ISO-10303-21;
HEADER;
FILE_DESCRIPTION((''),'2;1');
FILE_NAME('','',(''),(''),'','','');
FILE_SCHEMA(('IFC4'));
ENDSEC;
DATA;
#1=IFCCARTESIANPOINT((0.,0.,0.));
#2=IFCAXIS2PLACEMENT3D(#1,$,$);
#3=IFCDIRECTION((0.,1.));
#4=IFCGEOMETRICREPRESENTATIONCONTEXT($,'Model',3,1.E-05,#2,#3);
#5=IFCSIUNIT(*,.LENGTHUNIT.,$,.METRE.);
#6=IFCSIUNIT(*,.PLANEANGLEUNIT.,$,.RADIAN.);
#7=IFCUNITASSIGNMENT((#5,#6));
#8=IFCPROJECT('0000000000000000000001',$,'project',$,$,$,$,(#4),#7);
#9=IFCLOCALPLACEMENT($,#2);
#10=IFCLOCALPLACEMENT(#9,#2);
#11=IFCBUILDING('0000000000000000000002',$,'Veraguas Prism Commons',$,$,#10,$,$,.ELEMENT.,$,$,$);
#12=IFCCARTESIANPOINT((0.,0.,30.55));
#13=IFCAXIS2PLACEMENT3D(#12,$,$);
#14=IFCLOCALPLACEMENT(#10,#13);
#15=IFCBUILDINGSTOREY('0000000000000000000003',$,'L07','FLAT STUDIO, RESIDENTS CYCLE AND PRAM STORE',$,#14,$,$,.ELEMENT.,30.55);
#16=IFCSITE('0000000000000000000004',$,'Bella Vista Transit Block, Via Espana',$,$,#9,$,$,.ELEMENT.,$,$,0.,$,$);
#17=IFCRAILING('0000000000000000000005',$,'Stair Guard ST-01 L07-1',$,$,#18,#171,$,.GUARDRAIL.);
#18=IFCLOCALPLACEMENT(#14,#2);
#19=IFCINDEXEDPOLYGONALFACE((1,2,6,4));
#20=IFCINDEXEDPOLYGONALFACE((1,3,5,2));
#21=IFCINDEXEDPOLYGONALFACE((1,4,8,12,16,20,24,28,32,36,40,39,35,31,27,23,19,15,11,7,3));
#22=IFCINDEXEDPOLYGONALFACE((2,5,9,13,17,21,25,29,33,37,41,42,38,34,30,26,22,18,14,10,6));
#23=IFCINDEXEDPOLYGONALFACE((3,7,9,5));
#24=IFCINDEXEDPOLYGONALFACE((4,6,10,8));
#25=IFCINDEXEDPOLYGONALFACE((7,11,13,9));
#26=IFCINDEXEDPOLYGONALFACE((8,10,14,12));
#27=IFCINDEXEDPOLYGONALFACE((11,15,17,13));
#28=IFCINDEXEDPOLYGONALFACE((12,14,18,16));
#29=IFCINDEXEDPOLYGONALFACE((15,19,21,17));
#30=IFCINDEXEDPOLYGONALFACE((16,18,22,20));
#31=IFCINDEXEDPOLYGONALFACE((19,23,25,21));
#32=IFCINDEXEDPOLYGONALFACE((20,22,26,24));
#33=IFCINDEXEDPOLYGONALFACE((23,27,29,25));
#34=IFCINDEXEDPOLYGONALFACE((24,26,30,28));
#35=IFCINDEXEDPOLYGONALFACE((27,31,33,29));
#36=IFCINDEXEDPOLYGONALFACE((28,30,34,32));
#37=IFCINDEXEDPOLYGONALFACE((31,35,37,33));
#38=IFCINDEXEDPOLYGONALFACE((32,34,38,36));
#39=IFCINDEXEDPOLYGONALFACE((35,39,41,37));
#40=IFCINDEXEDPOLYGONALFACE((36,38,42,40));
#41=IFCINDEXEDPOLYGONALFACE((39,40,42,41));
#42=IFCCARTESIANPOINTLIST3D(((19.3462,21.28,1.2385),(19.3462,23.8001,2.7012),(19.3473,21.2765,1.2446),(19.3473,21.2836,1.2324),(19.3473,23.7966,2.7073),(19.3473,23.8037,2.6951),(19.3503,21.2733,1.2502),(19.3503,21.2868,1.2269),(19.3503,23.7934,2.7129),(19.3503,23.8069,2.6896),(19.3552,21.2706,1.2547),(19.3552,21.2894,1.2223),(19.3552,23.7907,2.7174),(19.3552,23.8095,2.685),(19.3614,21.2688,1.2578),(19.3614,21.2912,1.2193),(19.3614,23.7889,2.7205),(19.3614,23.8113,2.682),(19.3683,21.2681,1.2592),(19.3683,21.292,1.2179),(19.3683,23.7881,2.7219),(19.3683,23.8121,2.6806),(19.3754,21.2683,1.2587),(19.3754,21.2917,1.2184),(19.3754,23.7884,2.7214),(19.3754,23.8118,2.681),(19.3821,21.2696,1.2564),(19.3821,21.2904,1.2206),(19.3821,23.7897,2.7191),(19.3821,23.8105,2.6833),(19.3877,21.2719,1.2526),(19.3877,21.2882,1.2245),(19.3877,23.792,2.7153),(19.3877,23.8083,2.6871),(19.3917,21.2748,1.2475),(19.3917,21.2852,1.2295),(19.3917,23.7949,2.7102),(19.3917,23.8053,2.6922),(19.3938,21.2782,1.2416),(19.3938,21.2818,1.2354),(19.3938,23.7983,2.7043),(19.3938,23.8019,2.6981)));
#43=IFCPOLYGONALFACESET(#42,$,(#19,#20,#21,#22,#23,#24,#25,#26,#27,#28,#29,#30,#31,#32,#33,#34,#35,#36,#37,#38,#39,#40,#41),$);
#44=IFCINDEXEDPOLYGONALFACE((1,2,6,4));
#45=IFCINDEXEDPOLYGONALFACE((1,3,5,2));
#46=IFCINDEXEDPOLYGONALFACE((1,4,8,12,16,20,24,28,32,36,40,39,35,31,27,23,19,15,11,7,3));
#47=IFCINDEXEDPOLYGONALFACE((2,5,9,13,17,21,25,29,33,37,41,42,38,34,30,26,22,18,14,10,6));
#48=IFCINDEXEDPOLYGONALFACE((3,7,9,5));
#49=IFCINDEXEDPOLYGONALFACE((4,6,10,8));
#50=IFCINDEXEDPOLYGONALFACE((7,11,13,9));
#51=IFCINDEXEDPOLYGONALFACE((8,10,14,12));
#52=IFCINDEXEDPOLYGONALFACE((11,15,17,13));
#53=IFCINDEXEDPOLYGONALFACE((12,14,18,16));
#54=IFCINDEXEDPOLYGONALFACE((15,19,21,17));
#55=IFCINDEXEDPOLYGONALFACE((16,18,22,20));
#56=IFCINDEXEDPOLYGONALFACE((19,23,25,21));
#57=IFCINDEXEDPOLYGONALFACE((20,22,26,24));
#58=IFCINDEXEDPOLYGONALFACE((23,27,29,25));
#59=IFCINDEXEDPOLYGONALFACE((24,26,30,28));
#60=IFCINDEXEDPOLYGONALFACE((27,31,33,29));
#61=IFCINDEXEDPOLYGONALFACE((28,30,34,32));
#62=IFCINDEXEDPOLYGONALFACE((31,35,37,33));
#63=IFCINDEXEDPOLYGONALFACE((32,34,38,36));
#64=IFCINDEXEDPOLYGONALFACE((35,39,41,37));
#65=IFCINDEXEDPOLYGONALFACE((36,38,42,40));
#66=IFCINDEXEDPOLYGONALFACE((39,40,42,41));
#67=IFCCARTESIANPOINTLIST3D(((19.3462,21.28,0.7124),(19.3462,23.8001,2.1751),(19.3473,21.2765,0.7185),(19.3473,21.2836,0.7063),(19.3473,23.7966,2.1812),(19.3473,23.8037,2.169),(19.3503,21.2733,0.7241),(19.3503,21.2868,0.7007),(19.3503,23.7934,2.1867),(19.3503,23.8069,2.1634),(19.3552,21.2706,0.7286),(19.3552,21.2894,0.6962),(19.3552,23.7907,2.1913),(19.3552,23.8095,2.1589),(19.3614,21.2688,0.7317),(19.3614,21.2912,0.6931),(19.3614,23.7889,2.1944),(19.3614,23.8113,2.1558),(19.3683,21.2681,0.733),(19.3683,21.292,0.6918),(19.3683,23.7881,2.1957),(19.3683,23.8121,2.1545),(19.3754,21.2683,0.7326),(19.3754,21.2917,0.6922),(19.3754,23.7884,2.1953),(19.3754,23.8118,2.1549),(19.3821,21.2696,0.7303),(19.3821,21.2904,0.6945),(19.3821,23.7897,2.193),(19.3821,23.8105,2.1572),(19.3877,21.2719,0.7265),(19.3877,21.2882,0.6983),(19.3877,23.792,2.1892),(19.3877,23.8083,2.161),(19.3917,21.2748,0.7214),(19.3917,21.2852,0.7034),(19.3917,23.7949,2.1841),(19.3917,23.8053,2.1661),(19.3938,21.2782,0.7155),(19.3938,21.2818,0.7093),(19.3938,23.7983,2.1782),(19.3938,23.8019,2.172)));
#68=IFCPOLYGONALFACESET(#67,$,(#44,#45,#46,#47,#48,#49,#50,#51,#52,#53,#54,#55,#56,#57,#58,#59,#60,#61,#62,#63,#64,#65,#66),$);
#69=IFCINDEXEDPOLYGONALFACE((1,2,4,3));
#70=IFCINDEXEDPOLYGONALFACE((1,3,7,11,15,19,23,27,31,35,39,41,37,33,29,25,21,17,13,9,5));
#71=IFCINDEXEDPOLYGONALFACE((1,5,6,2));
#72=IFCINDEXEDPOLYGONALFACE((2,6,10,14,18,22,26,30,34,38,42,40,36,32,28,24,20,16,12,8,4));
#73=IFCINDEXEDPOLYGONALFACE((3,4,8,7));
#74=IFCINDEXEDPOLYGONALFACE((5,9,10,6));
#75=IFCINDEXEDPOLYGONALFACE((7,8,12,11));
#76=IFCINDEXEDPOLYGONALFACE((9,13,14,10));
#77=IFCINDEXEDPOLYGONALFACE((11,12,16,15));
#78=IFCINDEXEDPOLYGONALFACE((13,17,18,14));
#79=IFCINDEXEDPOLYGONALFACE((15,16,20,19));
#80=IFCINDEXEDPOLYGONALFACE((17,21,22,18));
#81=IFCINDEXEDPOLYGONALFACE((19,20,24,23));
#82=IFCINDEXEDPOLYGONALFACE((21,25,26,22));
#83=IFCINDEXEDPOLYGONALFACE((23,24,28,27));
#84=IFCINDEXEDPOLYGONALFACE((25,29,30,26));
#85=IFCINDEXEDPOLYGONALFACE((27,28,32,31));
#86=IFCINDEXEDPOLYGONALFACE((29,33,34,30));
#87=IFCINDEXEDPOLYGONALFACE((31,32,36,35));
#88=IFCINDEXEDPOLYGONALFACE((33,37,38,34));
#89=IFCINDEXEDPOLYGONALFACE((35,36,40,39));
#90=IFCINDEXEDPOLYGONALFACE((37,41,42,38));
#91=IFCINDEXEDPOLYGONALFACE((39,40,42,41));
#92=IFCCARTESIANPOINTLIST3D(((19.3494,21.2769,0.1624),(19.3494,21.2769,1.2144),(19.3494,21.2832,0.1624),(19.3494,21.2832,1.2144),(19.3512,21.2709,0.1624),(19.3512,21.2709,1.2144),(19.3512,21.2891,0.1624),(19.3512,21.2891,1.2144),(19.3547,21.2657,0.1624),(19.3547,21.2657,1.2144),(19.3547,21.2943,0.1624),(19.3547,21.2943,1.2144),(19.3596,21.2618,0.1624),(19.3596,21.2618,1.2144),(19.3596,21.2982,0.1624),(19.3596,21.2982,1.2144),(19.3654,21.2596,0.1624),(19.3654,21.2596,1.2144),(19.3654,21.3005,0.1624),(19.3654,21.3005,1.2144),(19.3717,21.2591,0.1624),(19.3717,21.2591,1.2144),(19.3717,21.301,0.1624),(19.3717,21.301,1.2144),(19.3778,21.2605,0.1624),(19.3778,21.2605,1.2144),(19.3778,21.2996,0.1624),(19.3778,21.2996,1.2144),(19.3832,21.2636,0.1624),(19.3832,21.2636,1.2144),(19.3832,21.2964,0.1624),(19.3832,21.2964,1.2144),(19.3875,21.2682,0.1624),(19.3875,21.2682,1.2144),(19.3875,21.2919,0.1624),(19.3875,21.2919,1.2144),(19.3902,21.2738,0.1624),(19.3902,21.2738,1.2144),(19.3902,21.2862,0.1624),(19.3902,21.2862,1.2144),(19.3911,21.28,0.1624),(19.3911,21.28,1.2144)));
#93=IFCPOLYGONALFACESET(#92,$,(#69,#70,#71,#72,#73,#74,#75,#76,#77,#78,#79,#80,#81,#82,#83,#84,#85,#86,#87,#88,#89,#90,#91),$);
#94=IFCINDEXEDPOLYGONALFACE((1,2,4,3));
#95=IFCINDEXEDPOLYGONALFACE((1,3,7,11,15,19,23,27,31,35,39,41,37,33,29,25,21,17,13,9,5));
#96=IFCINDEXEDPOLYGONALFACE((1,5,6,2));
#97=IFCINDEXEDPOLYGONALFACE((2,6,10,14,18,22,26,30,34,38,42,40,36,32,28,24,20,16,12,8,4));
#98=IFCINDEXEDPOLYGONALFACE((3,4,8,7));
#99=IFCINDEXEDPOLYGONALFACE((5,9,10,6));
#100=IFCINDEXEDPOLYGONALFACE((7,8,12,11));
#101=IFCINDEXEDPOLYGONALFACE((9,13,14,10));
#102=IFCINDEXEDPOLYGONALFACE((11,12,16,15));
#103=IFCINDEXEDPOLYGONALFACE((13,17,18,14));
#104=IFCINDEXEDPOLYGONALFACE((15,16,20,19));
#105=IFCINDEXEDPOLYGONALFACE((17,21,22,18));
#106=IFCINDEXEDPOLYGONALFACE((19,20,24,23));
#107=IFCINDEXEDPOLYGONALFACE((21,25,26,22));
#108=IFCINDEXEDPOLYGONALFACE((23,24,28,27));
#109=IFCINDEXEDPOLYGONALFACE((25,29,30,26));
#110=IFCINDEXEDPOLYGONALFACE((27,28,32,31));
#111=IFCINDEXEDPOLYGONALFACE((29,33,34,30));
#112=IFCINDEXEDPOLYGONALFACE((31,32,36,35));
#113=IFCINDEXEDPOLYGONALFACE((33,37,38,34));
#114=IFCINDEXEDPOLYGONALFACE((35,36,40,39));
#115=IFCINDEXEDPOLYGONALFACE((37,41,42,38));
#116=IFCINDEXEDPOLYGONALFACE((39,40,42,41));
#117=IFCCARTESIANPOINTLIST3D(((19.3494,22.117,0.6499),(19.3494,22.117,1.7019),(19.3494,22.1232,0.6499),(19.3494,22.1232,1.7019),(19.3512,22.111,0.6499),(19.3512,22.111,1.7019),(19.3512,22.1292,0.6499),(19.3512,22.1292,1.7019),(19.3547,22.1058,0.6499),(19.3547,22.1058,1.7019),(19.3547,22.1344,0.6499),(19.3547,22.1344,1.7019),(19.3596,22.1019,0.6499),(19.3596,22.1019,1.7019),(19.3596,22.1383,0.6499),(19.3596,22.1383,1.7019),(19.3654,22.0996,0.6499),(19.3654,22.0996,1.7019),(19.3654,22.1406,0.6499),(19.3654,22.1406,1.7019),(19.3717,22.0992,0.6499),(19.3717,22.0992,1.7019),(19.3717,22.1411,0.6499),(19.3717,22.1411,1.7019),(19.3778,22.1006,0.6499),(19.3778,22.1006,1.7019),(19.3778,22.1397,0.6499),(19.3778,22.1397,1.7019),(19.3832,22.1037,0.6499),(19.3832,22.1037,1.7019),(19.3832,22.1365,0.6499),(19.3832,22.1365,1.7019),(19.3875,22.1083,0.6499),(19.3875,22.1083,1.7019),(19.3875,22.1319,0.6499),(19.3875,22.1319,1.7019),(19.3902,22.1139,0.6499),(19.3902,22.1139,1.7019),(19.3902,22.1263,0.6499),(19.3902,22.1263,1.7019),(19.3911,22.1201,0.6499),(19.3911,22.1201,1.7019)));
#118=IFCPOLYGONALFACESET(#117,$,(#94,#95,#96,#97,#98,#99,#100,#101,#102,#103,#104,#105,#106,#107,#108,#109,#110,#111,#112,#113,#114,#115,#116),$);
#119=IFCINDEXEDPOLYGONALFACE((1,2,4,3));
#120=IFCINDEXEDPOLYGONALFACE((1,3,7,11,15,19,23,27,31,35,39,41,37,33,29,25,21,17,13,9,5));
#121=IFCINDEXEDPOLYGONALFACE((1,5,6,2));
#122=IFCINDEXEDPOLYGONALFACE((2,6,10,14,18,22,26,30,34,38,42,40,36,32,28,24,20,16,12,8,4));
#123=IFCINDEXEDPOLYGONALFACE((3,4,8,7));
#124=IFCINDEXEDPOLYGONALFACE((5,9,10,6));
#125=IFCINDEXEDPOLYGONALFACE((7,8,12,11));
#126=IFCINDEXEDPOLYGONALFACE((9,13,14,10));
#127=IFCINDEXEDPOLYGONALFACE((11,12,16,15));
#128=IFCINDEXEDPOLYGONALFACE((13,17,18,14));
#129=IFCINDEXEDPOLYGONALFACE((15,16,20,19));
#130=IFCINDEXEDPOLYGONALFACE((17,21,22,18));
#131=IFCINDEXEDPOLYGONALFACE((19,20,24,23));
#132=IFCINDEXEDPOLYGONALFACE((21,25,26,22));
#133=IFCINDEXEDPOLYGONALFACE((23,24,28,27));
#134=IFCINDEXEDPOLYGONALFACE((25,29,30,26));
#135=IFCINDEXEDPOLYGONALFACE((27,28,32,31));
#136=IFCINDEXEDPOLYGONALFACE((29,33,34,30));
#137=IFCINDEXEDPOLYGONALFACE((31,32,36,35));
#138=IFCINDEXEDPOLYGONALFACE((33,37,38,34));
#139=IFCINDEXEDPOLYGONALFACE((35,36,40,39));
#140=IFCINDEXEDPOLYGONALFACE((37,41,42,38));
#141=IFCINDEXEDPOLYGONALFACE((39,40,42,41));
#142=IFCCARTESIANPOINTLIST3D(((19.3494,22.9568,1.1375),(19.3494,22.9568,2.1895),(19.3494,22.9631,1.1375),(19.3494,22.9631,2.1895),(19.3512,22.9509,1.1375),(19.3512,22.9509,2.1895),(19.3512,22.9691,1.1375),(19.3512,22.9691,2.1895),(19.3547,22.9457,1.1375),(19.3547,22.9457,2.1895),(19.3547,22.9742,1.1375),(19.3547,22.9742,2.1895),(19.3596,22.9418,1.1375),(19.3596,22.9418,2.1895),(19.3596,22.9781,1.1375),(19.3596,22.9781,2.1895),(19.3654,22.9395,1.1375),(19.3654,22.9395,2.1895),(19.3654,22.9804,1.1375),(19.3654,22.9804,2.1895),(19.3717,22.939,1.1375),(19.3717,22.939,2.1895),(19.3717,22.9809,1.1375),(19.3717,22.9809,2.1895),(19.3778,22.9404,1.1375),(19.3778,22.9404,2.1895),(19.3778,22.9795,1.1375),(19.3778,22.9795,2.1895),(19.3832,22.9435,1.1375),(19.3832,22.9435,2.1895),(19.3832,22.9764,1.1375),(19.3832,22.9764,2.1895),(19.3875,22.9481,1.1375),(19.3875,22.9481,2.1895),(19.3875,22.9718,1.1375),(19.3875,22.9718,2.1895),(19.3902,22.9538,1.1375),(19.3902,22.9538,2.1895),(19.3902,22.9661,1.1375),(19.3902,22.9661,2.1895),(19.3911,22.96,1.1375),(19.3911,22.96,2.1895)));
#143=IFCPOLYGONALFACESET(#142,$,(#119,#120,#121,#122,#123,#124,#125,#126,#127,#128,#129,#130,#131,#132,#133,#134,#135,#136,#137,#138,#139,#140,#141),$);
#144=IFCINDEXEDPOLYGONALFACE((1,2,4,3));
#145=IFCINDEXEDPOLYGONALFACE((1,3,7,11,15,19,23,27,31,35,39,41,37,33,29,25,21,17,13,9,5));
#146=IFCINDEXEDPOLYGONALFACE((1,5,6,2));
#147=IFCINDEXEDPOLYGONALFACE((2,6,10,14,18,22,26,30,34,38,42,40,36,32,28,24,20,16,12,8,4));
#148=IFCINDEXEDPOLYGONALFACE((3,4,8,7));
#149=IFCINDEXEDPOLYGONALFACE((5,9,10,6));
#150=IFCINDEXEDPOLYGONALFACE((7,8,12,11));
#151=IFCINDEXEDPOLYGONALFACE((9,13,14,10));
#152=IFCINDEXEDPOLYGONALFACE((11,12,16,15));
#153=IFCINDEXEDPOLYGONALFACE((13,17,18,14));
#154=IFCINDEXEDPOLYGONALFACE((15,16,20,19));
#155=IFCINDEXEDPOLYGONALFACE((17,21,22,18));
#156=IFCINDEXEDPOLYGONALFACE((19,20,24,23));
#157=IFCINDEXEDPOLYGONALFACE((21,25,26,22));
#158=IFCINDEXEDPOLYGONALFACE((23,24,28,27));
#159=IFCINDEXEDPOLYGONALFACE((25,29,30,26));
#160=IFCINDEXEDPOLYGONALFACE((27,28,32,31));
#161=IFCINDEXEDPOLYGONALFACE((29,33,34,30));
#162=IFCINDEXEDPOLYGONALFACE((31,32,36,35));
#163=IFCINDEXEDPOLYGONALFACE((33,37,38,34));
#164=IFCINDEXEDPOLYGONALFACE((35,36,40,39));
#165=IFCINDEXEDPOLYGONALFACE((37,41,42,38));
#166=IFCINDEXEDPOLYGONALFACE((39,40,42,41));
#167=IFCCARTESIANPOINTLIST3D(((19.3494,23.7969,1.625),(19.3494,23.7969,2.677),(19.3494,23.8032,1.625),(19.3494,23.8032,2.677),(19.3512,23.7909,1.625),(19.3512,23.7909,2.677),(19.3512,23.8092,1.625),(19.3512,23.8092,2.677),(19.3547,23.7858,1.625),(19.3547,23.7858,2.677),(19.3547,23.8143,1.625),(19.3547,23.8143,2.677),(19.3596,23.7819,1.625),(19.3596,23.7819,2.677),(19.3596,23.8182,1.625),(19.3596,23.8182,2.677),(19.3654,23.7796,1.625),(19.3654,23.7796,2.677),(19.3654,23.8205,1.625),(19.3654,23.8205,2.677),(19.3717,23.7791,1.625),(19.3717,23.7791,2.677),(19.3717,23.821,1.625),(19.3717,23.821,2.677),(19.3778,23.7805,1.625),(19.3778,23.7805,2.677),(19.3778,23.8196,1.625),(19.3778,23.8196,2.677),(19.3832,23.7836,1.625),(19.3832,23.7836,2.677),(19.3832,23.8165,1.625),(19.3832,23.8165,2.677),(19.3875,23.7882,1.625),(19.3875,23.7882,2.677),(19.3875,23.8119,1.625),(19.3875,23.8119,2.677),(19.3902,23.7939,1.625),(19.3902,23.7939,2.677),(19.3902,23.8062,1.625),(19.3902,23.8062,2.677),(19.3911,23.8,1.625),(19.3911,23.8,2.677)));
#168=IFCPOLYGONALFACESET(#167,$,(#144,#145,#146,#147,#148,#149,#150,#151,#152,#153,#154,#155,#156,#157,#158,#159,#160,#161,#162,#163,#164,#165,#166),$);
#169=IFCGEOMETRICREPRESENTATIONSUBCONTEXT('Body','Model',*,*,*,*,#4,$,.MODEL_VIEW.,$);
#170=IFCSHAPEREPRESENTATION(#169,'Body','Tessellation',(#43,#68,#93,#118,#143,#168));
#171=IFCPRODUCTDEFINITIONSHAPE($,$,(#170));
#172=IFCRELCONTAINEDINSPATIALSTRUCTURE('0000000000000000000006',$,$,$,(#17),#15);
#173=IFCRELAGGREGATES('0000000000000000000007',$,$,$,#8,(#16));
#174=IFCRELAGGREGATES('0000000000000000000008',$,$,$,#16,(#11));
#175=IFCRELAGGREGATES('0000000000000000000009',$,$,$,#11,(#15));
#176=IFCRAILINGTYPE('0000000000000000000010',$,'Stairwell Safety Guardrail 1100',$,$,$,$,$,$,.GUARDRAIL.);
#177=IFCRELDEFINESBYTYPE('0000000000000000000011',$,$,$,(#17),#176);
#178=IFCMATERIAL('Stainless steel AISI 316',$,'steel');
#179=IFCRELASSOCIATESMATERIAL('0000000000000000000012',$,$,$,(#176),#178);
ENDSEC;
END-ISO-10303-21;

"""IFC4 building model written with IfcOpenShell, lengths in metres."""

from ifc_helpers import new_model, si_unit, direction, frame, origin, origin_2d, place, context, subcontext, project, spatial, circle, extrude, material, type_object, element, save


model = new_model("IFC4")

# Units and contexts
model_context = context("Model", 3, precision=1e-05, world=origin(), true_north=direction((0.0, 1.0)))
body_context = subcontext(model_context, "Body", "Model", "MODEL_VIEW")
ifc_project = project(units=[si_unit("LENGTHUNIT", "METRE"), si_unit("PLANEANGLEUNIT", "RADIAN")], contexts=[model_context])

# Site, building, storey
site_placement = place(None, origin())
site = spatial("IfcSite", under=ifc_project, at=site_placement, Name="Bella Vista Transit Block, Via Espana", CompositionType="ELEMENT", RefElevation=0.0)
building_placement = place(site_placement, origin())
building = spatial("IfcBuilding", under=site, at=building_placement, Name="Veraguas Prism Commons", CompositionType="ELEMENT")
storey_placement = place(building_placement, frame((0.0, 0.0, 30.55)))
storey = spatial("IfcBuildingStorey", under=building, at=storey_placement, Name="L07", Description="FLAT STUDIO, RESIDENTS CYCLE AND PRAM STORE", CompositionType="ELEMENT", Elevation=30.55)

# Railing
ifc_material_1 = material(Name="Stainless steel AISI 316", Category="steel")
railing_type_1 = type_object("IfcRailingType", Name="Stairwell Safety Guardrail 1100", PredefinedType="GUARDRAIL", material=ifc_material_1)
railing_1_placement = place(storey_placement, frame((19.3701, 21.28, 0.1624)))
element("IfcRailing", 1, at=railing_1_placement, inside=storey, type_object=railing_type_1, Name="Stair Guard ST-01 L07-1", PredefinedType="GUARDRAIL", context=body_context, shape_type="SweptSolid", body=[
    extrude(circle(Radius=0.0239, at=origin_2d()), frame((0.0, 0.0, 1.0762), z_axis=(0.0, 0.864877, 0.501984), x_axis=(-1.0, 0.0, 0.0)), (0.0, 0.0, 1.0), 2.9138),
    extrude(circle(Radius=0.0239, at=origin_2d()), frame((0.0, 0.0, 0.55), z_axis=(0.0, 0.864877, 0.501984), x_axis=(-1.0, 0.0, 0.0)), (0.0, 0.0, 1.0), 2.9138),
    extrude(circle(Radius=0.021, at=origin_2d()), origin(), (0.0, 0.0, 1.0), 1.052),
    extrude(circle(Radius=0.021, at=origin_2d()), frame((0.0, 0.8401, 0.4875)), (0.0, 0.0, 1.0), 1.052),
    extrude(circle(Radius=0.021, at=origin_2d()), frame((0.0, 1.6799, 0.9751)), (0.0, 0.0, 1.0), 1.052),
    extrude(circle(Radius=0.021, at=origin_2d()), frame((0.0, 2.52, 1.4626)), (0.0, 0.0, 1.0), 1.052),
])

save(model, "model.ifc")
